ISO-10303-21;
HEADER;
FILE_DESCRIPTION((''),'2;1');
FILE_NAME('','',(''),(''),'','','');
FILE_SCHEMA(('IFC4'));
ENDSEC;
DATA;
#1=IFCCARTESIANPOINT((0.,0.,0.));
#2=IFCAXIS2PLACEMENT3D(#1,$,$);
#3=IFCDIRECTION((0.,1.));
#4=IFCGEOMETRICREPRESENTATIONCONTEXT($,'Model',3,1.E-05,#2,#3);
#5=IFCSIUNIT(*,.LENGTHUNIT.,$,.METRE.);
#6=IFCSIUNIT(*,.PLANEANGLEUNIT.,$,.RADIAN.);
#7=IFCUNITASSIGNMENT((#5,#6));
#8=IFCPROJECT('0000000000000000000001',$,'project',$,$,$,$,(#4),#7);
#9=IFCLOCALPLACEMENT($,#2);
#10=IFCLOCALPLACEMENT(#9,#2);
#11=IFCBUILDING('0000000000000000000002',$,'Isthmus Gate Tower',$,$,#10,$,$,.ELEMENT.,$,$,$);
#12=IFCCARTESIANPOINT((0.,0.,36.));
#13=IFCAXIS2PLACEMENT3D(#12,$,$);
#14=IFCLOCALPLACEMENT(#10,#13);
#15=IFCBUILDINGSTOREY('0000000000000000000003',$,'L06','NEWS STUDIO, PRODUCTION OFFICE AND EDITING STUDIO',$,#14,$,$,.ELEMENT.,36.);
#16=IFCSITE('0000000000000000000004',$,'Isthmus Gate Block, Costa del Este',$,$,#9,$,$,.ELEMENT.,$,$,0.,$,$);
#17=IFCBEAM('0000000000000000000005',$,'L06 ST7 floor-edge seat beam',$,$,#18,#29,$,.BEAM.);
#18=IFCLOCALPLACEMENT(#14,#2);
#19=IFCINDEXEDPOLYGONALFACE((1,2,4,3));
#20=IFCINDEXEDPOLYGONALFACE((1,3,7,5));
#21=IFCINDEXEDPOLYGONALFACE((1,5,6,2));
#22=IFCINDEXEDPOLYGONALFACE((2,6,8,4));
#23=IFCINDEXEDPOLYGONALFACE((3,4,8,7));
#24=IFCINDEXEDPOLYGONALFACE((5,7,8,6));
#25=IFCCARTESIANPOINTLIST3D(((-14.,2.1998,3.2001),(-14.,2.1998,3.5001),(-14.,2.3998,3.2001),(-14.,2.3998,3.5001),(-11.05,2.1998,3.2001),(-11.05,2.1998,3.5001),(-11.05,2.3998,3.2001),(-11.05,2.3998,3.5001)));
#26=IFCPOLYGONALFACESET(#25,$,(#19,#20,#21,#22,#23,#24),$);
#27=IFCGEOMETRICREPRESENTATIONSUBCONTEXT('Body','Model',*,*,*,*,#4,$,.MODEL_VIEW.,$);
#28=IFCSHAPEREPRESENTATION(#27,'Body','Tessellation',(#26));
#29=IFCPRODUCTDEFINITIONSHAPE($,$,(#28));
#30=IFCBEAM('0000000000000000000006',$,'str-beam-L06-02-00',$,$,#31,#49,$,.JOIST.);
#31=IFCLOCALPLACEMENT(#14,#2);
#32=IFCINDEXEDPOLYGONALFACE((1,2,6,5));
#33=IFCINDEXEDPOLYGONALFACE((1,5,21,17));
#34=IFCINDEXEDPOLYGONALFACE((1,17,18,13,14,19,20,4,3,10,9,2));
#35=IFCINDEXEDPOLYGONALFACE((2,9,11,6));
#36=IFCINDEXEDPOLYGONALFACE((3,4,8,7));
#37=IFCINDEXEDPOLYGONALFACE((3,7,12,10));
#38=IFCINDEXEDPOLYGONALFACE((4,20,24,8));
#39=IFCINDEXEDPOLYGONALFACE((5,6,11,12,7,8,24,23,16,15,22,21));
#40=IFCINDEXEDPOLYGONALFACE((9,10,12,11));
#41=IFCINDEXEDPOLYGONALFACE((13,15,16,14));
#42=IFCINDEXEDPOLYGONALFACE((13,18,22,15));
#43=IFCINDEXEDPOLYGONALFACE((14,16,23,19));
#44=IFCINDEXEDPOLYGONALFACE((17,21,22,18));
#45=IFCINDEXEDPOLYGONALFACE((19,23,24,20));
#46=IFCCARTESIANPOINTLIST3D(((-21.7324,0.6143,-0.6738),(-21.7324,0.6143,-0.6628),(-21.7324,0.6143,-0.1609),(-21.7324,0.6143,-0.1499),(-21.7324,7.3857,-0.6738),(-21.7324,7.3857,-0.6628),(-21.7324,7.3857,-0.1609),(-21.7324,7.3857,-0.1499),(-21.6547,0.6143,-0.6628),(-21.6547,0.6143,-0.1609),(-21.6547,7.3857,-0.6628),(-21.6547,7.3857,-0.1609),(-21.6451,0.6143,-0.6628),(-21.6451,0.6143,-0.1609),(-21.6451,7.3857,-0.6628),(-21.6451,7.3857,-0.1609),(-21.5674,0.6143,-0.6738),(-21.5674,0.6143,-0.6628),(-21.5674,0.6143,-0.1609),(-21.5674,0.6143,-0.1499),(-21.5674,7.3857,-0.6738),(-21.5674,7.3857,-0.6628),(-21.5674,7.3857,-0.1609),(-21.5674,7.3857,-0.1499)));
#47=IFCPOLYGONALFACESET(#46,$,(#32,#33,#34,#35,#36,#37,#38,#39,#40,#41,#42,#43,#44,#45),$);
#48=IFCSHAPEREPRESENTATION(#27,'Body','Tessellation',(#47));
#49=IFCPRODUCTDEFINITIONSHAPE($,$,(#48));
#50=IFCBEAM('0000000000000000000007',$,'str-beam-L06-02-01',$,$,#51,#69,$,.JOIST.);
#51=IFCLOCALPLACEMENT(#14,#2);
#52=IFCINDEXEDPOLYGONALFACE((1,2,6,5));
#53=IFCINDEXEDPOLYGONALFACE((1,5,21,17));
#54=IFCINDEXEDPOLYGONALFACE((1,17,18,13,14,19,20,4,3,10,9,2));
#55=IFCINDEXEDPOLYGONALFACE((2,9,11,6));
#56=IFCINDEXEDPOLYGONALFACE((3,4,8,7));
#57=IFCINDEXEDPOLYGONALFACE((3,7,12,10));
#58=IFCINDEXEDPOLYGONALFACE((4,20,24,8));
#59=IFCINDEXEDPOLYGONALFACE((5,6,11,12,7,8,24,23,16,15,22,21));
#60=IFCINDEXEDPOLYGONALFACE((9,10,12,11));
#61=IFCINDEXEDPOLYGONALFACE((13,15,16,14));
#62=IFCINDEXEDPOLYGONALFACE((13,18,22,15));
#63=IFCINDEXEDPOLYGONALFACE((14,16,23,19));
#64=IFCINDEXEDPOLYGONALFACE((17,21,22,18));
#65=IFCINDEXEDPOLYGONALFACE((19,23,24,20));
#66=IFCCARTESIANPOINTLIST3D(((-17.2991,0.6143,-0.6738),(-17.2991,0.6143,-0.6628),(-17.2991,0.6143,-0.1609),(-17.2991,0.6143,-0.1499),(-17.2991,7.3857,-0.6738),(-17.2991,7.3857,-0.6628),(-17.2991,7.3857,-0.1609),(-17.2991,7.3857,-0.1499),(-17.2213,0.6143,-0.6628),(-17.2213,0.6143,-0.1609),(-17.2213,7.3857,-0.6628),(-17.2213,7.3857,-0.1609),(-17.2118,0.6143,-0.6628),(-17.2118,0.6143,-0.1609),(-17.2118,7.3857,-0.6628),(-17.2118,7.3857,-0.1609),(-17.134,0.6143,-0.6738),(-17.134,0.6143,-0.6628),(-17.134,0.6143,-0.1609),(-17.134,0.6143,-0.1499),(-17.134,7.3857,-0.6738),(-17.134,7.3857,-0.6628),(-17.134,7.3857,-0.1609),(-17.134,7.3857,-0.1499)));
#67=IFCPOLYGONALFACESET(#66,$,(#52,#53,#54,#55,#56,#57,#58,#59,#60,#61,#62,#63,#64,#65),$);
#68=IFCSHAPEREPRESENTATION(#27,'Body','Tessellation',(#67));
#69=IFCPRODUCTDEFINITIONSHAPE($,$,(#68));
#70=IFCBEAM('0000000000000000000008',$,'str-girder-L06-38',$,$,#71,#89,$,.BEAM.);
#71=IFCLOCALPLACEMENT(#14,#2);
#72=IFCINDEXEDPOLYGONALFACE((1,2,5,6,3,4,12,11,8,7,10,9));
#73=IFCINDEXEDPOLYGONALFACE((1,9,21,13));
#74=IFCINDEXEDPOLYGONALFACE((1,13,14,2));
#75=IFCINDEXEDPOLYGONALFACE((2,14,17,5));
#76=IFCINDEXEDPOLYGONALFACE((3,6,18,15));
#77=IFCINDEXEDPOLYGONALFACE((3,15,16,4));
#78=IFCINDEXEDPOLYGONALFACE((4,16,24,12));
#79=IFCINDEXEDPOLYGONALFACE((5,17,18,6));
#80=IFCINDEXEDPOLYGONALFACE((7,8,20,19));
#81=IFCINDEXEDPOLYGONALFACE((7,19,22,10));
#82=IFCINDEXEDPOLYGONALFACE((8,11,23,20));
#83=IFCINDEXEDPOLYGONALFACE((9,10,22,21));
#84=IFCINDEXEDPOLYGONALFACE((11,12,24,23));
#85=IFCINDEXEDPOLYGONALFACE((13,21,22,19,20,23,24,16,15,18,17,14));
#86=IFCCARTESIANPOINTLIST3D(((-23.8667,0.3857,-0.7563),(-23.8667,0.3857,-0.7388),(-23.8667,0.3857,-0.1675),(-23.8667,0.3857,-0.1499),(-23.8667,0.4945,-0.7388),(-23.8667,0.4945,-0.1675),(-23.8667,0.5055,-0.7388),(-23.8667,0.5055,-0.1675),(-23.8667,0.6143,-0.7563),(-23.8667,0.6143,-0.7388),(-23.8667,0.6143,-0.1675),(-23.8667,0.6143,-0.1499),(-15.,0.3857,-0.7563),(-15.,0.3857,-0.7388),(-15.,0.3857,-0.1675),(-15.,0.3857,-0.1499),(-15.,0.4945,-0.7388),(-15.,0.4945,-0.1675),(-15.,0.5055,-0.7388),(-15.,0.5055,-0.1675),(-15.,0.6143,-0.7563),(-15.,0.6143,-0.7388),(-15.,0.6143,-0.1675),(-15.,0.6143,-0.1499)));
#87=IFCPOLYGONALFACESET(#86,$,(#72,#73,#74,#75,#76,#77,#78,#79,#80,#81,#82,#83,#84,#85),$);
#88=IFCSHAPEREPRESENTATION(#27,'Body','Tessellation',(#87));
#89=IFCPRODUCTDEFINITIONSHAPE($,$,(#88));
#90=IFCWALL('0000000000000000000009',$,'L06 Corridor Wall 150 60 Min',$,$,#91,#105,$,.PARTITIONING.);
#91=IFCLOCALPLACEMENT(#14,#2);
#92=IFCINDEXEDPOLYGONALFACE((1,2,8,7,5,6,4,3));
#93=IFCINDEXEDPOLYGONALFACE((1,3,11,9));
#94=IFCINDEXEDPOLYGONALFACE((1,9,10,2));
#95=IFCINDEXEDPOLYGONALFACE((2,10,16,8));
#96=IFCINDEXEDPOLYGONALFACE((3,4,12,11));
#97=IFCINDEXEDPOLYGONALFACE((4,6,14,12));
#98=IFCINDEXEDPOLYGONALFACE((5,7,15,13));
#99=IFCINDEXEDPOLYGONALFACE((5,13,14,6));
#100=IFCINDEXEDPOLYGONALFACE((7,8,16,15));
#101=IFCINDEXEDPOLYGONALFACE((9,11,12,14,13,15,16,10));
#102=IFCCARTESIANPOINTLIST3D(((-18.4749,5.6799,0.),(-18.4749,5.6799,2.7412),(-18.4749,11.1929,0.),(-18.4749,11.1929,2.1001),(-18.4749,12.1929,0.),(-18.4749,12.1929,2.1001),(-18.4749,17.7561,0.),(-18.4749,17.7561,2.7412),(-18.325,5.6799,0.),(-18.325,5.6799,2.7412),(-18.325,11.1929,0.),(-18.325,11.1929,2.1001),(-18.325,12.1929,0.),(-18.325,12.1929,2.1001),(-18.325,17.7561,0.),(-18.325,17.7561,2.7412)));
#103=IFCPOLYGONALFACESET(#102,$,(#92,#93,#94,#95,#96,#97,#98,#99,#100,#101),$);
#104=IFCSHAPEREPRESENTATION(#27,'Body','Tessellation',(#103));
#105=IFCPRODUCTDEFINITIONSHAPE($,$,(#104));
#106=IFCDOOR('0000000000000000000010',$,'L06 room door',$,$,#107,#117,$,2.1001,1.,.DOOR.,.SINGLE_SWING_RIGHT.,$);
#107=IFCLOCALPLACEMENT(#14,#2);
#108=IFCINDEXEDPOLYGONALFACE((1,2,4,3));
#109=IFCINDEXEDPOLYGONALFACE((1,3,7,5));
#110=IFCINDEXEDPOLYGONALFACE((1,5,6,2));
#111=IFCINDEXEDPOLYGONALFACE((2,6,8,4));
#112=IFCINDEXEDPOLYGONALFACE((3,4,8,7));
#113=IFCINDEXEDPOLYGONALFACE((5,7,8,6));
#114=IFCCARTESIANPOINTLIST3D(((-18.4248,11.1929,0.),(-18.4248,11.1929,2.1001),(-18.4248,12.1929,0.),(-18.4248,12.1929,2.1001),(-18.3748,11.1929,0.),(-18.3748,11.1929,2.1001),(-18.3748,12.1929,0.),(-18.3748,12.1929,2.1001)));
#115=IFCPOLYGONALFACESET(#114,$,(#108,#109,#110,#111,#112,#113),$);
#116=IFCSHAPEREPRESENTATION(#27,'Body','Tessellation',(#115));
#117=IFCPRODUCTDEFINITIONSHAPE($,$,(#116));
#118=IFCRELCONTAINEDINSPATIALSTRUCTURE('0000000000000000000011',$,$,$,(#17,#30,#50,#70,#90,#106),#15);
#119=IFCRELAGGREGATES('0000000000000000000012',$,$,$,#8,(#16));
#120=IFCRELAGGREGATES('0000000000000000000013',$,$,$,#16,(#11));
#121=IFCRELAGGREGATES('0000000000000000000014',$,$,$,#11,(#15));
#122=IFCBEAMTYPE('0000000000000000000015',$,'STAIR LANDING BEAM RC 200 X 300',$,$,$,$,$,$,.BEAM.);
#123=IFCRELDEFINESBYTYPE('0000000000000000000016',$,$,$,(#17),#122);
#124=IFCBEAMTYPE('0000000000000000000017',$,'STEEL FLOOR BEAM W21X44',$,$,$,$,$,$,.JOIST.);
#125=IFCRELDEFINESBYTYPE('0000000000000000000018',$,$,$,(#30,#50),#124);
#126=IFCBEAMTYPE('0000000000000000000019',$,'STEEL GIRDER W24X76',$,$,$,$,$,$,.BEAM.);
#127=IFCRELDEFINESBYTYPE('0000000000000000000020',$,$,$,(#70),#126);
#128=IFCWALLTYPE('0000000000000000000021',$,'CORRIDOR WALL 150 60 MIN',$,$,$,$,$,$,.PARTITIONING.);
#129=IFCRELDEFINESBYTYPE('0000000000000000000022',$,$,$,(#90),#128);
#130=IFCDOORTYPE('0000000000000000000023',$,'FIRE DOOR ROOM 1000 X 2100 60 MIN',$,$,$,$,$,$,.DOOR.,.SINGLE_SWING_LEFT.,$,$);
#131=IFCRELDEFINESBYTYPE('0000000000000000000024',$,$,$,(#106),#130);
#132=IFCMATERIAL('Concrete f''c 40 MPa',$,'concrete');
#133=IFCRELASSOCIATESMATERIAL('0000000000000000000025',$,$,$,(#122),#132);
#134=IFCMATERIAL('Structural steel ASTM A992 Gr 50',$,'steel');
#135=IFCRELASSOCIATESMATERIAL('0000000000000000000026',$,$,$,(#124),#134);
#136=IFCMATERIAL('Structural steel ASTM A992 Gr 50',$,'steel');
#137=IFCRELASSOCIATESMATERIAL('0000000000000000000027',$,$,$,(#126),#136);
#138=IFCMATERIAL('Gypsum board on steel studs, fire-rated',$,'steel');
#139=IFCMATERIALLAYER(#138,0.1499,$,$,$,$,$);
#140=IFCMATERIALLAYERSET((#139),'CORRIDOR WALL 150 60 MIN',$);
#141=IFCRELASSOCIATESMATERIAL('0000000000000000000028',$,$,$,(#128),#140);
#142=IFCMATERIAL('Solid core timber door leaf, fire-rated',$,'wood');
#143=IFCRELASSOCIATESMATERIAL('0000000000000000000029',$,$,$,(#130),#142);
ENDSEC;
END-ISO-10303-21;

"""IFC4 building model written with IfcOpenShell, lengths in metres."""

from ifc_helpers import new_model, si_unit, direction, frame, frame_2d, origin, origin_2d, place, context, subcontext, project, spatial, rectangle, i_section, extrude, material, layer, layer_set, material_profile, profile_set, type_object, element, fill, save


model = new_model("IFC4")

# Units and contexts
model_context = context("Model", 3, precision=1e-05, world=origin(), true_north=direction((0.0, 1.0)))
body_context = subcontext(model_context, "Body", "Model", "MODEL_VIEW")
ifc_project = project(units=[si_unit("LENGTHUNIT", "METRE"), si_unit("PLANEANGLEUNIT", "RADIAN")], contexts=[model_context])

# Site, building, storey
site_placement = place(None, origin())
site = spatial("IfcSite", under=ifc_project, at=site_placement, Name="Isthmus Gate Block, Costa del Este", CompositionType="ELEMENT", RefElevation=0.0)
building_placement = place(site_placement, origin())
building = spatial("IfcBuilding", under=site, at=building_placement, Name="Isthmus Gate Tower", CompositionType="ELEMENT")
storey_placement = place(building_placement, frame((0.0, 0.0, 36.0)))
storey = spatial("IfcBuildingStorey", under=building, at=storey_placement, Name="L06", Description="NEWS STUDIO, PRODUCTION OFFICE AND EDITING STUDIO", CompositionType="ELEMENT", Elevation=36.0)

# Beams
ifc_material_1 = material(Name="Concrete f'c 40 MPa", Category="concrete")
ifc_material_profile_1 = material_profile(ifc_material_1, rectangle(XDim=0.2, YDim=0.3, at=origin_2d()), Name="STAIR LANDING BEAM RC 200 X 300")
ifc_profile_set_1 = profile_set([ifc_material_profile_1], Name="Concrete f'c 40 MPa")
beam_type_1 = type_object("IfcBeamType", Name="STAIR LANDING BEAM RC 200 X 300", PredefinedType="BEAM", material=ifc_profile_set_1)
beam_1_placement = place(storey_placement, frame((-14.0, 2.2998, 3.3501), z_axis=(1.0, 0.0, 0.0), x_axis=(0.0, 1.0, 0.0)))
element("IfcBeam", 1, at=beam_1_placement, inside=storey, type_object=beam_type_1, Name="L06 ST7 floor-edge seat beam", PredefinedType="BEAM", context=body_context, shape_type="SweptSolid", body=[
    extrude(rectangle(XDim=0.2, YDim=0.3, at=origin_2d()), origin(), (0.0, 0.0, 1.0), 2.95),
])
ifc_material_2 = material(Name="Structural steel ASTM A992 Gr 50", Category="steel")
ifc_material_profile_2 = material_profile(ifc_material_2, i_section(OverallWidth=0.165, OverallDepth=0.5239, WebThickness=0.0095, FlangeThickness=0.011, at=origin_2d()), Name="W21X44")
ifc_profile_set_2 = profile_set([ifc_material_profile_2], Name="Structural steel ASTM A992 Gr 50")
beam_type_2 = type_object("IfcBeamType", Name="STEEL FLOOR BEAM W21X44", PredefinedType="JOIST", material=ifc_profile_set_2)
for number, where, z_axis, x_axis, name in (
    (2, (-21.6499, 0.6143, -0.4119), (0.0, 1.0, 0.0), (-1.0, 0.0, 0.0), "str-beam-L06-02-00"),
    (3, (-17.2166, 0.6143, -0.4119), (0.0, 1.0, 0.0), (-1.0, 0.0, 0.0), "str-beam-L06-02-01"),
):
    element("IfcBeam", number, at=place(storey_placement, frame(where, z_axis=z_axis, x_axis=x_axis)), inside=storey, type_object=beam_type_2, Name=name, PredefinedType="JOIST", context=body_context, shape_type="SweptSolid", body=[
        extrude(i_section(OverallWidth=0.165, OverallDepth=0.5239, WebThickness=0.0095, FlangeThickness=0.011, at=origin_2d()), origin(), (0.0, 0.0, 1.0), 6.7715),
    ])
ifc_material_3 = material(Name="Structural steel ASTM A992 Gr 50", Category="steel")
ifc_material_profile_3 = material_profile(ifc_material_3, i_section(OverallWidth=0.2285, OverallDepth=0.6064, WebThickness=0.011, FlangeThickness=0.0176, at=origin_2d()), Name="W24X76")
ifc_profile_set_3 = profile_set([ifc_material_profile_3], Name="Structural steel ASTM A992 Gr 50")
beam_type_3 = type_object("IfcBeamType", Name="STEEL GIRDER W24X76", PredefinedType="BEAM", material=ifc_profile_set_3)
beam_2_placement = place(storey_placement, frame((-15.0, 0.5, -0.4531), z_axis=(-1.0, 0.0, 0.0), x_axis=(0.0, -1.0, 0.0)))
element("IfcBeam", 4, at=beam_2_placement, inside=storey, type_object=beam_type_3, Name="str-girder-L06-38", PredefinedType="BEAM", context=body_context, shape_type="SweptSolid", body=[
    extrude(i_section(OverallWidth=0.2285, OverallDepth=0.6064, WebThickness=0.011, FlangeThickness=0.0176, at=origin_2d()), origin(), (0.0, 0.0, 1.0), 8.8667),
])

# Wall, opening, door
ifc_material_4 = material(Name="Gypsum board on steel studs, fire-rated", Category="steel")
ifc_layer_1 = layer(ifc_material_4, 0.1499)
ifc_layer_set_1 = layer_set([ifc_layer_1], Name="CORRIDOR WALL 150 60 MIN")
wall_type_1 = type_object("IfcWallType", Name="CORRIDOR WALL 150 60 MIN", PredefinedType="PARTITIONING", material=ifc_layer_set_1)
wall_1_placement = place(storey_placement, frame((-18.3999, 5.6799, 0.0), z_axis=(0.0, 0.0, 1.0), x_axis=(0.0, 1.0, 0.0)))
wall_1 = element("IfcWall", 5, at=wall_1_placement, inside=storey, type_object=wall_type_1, Name="L06 Corridor Wall 150 60 Min", PredefinedType="PARTITIONING", context=body_context, shape_type="SweptSolid", body=[
    extrude(rectangle(XDim=12.0762, YDim=0.1499, at=frame_2d((6.0381, 0.0))), origin(), (0.0, 0.0, 1.0), 2.7412),
])
opening_1_placement = place(wall_1_placement, frame((5.5129, 0.0, 0.0)))
opening_1 = element("IfcOpeningElement", 6, at=opening_1_placement, cuts=wall_1, PredefinedType="OPENING", context=body_context, shape_type="SweptSolid", body=[
    extrude(rectangle(XDim=1.0, YDim=2.1001, at=frame_2d((0.5, 1.05))), frame((0.0, 0.085, 0.0), z_axis=(0.0, -1.0, 0.0), x_axis=(1.0, 0.0, 0.0)), (0.0, 0.0, 1.0), 0.1699),
])
ifc_material_5 = material(Name="Solid core timber door leaf, fire-rated", Category="wood")
door_type_1 = type_object("IfcDoorType", Name="FIRE DOOR ROOM 1000 X 2100 60 MIN", OperationType="SINGLE_SWING_LEFT", PredefinedType="DOOR", material=ifc_material_5)
door_1_placement = place(opening_1_placement, origin())
door_1 = element("IfcDoor", 7, at=door_1_placement, inside=storey, type_object=door_type_1, Name="L06 room door", OperationType="SINGLE_SWING_RIGHT", OverallHeight=2.1001, OverallWidth=1.0, PredefinedType="DOOR", context=body_context, shape_type="SweptSolid", body=[
    extrude(rectangle(XDim=1.0, YDim=2.1001, at=frame_2d((0.5, 1.05))), frame((0.0, 0.0249, 0.0), z_axis=(0.0, -1.0, 0.0), x_axis=(1.0, 0.0, 0.0)), (0.0, 0.0, 1.0), 0.05),
])
fill(opening_1, door_1)

save(model, "model.ifc")
